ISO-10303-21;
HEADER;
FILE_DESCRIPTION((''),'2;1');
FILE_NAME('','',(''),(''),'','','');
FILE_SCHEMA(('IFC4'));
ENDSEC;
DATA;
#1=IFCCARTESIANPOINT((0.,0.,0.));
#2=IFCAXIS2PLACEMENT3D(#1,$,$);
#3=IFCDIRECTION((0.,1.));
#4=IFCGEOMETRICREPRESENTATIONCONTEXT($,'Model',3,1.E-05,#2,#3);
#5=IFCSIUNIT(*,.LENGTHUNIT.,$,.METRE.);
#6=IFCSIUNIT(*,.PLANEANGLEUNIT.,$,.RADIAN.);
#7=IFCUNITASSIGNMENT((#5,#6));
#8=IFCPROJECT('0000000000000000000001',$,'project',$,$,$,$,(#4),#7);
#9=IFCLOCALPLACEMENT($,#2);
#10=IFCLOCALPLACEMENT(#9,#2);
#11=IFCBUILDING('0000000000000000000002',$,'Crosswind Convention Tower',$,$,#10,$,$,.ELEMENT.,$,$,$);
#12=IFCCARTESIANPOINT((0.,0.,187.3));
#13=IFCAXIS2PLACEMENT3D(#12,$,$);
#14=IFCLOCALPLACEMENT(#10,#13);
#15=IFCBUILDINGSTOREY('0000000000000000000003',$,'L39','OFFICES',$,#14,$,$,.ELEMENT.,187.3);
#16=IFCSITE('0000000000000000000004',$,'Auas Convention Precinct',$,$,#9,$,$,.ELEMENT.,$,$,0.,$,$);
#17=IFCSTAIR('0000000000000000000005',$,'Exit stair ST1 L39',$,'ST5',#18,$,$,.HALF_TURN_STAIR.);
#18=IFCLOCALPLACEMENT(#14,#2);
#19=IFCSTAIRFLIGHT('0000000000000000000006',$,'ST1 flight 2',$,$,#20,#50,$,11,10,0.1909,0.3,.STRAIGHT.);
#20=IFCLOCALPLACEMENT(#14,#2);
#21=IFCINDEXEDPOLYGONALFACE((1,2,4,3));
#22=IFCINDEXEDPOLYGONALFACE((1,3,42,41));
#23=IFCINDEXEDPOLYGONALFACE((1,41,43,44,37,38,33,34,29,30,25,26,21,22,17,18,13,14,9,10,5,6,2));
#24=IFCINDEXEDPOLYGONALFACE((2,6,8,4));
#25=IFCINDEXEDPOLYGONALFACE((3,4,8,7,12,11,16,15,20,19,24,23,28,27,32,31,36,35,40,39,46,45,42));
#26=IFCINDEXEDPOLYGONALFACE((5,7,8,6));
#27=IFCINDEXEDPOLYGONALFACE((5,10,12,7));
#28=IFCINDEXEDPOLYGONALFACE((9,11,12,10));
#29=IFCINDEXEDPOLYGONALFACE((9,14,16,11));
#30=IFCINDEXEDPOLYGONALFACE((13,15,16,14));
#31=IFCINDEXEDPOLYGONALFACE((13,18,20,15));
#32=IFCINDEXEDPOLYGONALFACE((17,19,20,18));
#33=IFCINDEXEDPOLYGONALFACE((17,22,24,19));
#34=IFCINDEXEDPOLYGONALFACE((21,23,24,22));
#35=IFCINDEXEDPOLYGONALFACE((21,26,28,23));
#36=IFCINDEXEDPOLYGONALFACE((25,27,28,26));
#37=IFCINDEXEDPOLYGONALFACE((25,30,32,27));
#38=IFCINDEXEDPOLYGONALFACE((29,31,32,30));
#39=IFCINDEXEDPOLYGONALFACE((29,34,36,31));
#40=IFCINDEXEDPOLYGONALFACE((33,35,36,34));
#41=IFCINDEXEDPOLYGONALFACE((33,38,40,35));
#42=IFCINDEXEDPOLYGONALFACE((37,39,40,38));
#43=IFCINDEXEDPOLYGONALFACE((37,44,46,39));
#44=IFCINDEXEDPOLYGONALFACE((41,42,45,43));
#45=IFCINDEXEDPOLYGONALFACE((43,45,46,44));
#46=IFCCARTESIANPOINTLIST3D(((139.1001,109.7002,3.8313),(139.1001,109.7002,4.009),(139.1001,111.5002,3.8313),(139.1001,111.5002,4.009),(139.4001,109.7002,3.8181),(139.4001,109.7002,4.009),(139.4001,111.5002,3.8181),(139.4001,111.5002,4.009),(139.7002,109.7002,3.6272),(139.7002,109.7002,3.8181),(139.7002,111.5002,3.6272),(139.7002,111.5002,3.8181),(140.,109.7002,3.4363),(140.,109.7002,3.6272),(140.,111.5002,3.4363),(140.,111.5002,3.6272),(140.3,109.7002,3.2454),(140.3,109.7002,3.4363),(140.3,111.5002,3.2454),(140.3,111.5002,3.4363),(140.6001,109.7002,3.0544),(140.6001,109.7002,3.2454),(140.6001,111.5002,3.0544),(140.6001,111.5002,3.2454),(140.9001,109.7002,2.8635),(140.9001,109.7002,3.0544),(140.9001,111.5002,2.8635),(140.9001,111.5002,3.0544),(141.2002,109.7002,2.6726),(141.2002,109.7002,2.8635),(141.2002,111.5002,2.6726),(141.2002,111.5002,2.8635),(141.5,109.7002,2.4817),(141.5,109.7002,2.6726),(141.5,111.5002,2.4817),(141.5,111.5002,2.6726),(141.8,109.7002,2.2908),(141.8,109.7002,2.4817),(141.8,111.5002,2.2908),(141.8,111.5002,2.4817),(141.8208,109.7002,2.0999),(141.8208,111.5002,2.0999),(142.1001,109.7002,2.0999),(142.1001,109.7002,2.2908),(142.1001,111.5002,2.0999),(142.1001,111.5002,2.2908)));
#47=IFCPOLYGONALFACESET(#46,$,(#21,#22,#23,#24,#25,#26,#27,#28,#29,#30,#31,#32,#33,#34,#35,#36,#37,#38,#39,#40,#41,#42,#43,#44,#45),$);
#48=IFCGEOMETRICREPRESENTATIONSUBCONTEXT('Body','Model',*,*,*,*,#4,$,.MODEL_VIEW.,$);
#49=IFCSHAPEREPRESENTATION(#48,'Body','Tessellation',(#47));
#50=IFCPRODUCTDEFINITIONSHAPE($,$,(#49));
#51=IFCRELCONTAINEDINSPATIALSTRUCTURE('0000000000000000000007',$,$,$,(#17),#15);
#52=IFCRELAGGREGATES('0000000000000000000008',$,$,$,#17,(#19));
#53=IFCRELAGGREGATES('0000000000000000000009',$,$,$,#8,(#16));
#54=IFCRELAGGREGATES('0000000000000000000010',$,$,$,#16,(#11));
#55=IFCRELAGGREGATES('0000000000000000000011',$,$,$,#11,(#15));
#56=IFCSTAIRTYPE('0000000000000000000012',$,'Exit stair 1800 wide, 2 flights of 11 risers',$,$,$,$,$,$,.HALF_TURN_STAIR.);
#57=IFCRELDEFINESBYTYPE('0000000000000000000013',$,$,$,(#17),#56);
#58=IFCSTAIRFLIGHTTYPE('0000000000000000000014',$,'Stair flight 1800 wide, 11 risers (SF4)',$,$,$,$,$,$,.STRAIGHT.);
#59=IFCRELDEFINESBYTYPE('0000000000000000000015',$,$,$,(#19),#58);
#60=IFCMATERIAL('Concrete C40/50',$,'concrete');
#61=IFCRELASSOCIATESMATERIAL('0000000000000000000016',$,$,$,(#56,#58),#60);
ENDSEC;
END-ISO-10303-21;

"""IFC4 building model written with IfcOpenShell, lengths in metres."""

from ifc_helpers import new_model, si_unit, direction, frame, origin, place, context, subcontext, project, spatial, polyline, outline, extrude, material, type_object, element, aggregate, save


model = new_model("IFC4")

# Units and contexts
model_context = context("Model", 3, precision=1e-05, world=origin(), true_north=direction((0.0, 1.0)))
body_context = subcontext(model_context, "Body", "Model", "MODEL_VIEW")
ifc_project = project(units=[si_unit("LENGTHUNIT", "METRE"), si_unit("PLANEANGLEUNIT", "RADIAN")], contexts=[model_context])

# Site, building, storey
site_placement = place(None, origin())
site = spatial("IfcSite", under=ifc_project, at=site_placement, Name="Auas Convention Precinct", CompositionType="ELEMENT", RefElevation=0.0)
building_placement = place(site_placement, origin())
building = spatial("IfcBuilding", under=site, at=building_placement, Name="Crosswind Convention Tower", CompositionType="ELEMENT")
storey_placement = place(building_placement, frame((0.0, 0.0, 187.3)))
storey = spatial("IfcBuildingStorey", under=building, at=storey_placement, Name="L39", Description="OFFICES", CompositionType="ELEMENT", Elevation=187.3)

# Stair, stair flight
ifc_material_1 = material(Name="Concrete C40/50", Category="concrete")
stair_type = type_object("IfcStairType", Name="Exit stair 1800 wide, 2 flights of 11 risers", PredefinedType="HALF_TURN_STAIR", material=ifc_material_1)
stair_placement = place(storey_placement, origin())
stair = element("IfcStair", 1, at=stair_placement, inside=storey, type_object=stair_type, Name="Exit stair ST1 L39", ObjectType="ST5", PredefinedType="HALF_TURN_STAIR")
stair_flight_type = type_object("IfcStairFlightType", Name="Stair flight 1800 wide, 11 risers (SF4)", PredefinedType="STRAIGHT", material=ifc_material_1)
stair_flight_1_placement = place(storey_placement, frame((142.1001, 110.6001, 2.0999), z_axis=(0.0, 0.0, 1.0), x_axis=(-1.0, 0.0, 0.0)))
stair_flight_1 = element("IfcStairFlight", 2, at=stair_flight_1_placement, type_object=stair_flight_type, Name="ST1 flight 2", NumberOfRisers=11, NumberOfTreads=10, PredefinedType="STRAIGHT", RiserHeight=0.1909, TreadLength=0.3, context=body_context, shape_type="SweptSolid", body=[
    extrude(outline(polyline([(0.0, 0.0), (0.0, 0.1909), (0.3, 0.1909), (0.3, 0.3818), (0.6001, 0.3818), (0.6001, 0.5728), (0.8999, 0.5728), (0.8999, 0.7637), (1.2, 0.7637), (1.2, 0.9546), (1.5, 0.9546), (1.5, 1.1455), (1.8, 1.1455), (1.8, 1.3364), (2.1001, 1.3364), (2.1001, 1.5273), (2.3999, 1.5273), (2.3999, 1.7183), (2.7, 1.7183), (2.7, 1.9092), (3.0, 1.9092), (3.0, 2.1001), (3.0, 1.7314), (0.2793, 0.0), (0.0, 0.0)])), frame((0.0, 0.8999, 0.0), z_axis=(0.0, -1.0, 0.0), x_axis=(1.0, 0.0, 0.0)), (0.0, 0.0, 1.0), 1.8),
])
aggregate(stair, [stair_flight_1])

save(model, "model.ifc")
